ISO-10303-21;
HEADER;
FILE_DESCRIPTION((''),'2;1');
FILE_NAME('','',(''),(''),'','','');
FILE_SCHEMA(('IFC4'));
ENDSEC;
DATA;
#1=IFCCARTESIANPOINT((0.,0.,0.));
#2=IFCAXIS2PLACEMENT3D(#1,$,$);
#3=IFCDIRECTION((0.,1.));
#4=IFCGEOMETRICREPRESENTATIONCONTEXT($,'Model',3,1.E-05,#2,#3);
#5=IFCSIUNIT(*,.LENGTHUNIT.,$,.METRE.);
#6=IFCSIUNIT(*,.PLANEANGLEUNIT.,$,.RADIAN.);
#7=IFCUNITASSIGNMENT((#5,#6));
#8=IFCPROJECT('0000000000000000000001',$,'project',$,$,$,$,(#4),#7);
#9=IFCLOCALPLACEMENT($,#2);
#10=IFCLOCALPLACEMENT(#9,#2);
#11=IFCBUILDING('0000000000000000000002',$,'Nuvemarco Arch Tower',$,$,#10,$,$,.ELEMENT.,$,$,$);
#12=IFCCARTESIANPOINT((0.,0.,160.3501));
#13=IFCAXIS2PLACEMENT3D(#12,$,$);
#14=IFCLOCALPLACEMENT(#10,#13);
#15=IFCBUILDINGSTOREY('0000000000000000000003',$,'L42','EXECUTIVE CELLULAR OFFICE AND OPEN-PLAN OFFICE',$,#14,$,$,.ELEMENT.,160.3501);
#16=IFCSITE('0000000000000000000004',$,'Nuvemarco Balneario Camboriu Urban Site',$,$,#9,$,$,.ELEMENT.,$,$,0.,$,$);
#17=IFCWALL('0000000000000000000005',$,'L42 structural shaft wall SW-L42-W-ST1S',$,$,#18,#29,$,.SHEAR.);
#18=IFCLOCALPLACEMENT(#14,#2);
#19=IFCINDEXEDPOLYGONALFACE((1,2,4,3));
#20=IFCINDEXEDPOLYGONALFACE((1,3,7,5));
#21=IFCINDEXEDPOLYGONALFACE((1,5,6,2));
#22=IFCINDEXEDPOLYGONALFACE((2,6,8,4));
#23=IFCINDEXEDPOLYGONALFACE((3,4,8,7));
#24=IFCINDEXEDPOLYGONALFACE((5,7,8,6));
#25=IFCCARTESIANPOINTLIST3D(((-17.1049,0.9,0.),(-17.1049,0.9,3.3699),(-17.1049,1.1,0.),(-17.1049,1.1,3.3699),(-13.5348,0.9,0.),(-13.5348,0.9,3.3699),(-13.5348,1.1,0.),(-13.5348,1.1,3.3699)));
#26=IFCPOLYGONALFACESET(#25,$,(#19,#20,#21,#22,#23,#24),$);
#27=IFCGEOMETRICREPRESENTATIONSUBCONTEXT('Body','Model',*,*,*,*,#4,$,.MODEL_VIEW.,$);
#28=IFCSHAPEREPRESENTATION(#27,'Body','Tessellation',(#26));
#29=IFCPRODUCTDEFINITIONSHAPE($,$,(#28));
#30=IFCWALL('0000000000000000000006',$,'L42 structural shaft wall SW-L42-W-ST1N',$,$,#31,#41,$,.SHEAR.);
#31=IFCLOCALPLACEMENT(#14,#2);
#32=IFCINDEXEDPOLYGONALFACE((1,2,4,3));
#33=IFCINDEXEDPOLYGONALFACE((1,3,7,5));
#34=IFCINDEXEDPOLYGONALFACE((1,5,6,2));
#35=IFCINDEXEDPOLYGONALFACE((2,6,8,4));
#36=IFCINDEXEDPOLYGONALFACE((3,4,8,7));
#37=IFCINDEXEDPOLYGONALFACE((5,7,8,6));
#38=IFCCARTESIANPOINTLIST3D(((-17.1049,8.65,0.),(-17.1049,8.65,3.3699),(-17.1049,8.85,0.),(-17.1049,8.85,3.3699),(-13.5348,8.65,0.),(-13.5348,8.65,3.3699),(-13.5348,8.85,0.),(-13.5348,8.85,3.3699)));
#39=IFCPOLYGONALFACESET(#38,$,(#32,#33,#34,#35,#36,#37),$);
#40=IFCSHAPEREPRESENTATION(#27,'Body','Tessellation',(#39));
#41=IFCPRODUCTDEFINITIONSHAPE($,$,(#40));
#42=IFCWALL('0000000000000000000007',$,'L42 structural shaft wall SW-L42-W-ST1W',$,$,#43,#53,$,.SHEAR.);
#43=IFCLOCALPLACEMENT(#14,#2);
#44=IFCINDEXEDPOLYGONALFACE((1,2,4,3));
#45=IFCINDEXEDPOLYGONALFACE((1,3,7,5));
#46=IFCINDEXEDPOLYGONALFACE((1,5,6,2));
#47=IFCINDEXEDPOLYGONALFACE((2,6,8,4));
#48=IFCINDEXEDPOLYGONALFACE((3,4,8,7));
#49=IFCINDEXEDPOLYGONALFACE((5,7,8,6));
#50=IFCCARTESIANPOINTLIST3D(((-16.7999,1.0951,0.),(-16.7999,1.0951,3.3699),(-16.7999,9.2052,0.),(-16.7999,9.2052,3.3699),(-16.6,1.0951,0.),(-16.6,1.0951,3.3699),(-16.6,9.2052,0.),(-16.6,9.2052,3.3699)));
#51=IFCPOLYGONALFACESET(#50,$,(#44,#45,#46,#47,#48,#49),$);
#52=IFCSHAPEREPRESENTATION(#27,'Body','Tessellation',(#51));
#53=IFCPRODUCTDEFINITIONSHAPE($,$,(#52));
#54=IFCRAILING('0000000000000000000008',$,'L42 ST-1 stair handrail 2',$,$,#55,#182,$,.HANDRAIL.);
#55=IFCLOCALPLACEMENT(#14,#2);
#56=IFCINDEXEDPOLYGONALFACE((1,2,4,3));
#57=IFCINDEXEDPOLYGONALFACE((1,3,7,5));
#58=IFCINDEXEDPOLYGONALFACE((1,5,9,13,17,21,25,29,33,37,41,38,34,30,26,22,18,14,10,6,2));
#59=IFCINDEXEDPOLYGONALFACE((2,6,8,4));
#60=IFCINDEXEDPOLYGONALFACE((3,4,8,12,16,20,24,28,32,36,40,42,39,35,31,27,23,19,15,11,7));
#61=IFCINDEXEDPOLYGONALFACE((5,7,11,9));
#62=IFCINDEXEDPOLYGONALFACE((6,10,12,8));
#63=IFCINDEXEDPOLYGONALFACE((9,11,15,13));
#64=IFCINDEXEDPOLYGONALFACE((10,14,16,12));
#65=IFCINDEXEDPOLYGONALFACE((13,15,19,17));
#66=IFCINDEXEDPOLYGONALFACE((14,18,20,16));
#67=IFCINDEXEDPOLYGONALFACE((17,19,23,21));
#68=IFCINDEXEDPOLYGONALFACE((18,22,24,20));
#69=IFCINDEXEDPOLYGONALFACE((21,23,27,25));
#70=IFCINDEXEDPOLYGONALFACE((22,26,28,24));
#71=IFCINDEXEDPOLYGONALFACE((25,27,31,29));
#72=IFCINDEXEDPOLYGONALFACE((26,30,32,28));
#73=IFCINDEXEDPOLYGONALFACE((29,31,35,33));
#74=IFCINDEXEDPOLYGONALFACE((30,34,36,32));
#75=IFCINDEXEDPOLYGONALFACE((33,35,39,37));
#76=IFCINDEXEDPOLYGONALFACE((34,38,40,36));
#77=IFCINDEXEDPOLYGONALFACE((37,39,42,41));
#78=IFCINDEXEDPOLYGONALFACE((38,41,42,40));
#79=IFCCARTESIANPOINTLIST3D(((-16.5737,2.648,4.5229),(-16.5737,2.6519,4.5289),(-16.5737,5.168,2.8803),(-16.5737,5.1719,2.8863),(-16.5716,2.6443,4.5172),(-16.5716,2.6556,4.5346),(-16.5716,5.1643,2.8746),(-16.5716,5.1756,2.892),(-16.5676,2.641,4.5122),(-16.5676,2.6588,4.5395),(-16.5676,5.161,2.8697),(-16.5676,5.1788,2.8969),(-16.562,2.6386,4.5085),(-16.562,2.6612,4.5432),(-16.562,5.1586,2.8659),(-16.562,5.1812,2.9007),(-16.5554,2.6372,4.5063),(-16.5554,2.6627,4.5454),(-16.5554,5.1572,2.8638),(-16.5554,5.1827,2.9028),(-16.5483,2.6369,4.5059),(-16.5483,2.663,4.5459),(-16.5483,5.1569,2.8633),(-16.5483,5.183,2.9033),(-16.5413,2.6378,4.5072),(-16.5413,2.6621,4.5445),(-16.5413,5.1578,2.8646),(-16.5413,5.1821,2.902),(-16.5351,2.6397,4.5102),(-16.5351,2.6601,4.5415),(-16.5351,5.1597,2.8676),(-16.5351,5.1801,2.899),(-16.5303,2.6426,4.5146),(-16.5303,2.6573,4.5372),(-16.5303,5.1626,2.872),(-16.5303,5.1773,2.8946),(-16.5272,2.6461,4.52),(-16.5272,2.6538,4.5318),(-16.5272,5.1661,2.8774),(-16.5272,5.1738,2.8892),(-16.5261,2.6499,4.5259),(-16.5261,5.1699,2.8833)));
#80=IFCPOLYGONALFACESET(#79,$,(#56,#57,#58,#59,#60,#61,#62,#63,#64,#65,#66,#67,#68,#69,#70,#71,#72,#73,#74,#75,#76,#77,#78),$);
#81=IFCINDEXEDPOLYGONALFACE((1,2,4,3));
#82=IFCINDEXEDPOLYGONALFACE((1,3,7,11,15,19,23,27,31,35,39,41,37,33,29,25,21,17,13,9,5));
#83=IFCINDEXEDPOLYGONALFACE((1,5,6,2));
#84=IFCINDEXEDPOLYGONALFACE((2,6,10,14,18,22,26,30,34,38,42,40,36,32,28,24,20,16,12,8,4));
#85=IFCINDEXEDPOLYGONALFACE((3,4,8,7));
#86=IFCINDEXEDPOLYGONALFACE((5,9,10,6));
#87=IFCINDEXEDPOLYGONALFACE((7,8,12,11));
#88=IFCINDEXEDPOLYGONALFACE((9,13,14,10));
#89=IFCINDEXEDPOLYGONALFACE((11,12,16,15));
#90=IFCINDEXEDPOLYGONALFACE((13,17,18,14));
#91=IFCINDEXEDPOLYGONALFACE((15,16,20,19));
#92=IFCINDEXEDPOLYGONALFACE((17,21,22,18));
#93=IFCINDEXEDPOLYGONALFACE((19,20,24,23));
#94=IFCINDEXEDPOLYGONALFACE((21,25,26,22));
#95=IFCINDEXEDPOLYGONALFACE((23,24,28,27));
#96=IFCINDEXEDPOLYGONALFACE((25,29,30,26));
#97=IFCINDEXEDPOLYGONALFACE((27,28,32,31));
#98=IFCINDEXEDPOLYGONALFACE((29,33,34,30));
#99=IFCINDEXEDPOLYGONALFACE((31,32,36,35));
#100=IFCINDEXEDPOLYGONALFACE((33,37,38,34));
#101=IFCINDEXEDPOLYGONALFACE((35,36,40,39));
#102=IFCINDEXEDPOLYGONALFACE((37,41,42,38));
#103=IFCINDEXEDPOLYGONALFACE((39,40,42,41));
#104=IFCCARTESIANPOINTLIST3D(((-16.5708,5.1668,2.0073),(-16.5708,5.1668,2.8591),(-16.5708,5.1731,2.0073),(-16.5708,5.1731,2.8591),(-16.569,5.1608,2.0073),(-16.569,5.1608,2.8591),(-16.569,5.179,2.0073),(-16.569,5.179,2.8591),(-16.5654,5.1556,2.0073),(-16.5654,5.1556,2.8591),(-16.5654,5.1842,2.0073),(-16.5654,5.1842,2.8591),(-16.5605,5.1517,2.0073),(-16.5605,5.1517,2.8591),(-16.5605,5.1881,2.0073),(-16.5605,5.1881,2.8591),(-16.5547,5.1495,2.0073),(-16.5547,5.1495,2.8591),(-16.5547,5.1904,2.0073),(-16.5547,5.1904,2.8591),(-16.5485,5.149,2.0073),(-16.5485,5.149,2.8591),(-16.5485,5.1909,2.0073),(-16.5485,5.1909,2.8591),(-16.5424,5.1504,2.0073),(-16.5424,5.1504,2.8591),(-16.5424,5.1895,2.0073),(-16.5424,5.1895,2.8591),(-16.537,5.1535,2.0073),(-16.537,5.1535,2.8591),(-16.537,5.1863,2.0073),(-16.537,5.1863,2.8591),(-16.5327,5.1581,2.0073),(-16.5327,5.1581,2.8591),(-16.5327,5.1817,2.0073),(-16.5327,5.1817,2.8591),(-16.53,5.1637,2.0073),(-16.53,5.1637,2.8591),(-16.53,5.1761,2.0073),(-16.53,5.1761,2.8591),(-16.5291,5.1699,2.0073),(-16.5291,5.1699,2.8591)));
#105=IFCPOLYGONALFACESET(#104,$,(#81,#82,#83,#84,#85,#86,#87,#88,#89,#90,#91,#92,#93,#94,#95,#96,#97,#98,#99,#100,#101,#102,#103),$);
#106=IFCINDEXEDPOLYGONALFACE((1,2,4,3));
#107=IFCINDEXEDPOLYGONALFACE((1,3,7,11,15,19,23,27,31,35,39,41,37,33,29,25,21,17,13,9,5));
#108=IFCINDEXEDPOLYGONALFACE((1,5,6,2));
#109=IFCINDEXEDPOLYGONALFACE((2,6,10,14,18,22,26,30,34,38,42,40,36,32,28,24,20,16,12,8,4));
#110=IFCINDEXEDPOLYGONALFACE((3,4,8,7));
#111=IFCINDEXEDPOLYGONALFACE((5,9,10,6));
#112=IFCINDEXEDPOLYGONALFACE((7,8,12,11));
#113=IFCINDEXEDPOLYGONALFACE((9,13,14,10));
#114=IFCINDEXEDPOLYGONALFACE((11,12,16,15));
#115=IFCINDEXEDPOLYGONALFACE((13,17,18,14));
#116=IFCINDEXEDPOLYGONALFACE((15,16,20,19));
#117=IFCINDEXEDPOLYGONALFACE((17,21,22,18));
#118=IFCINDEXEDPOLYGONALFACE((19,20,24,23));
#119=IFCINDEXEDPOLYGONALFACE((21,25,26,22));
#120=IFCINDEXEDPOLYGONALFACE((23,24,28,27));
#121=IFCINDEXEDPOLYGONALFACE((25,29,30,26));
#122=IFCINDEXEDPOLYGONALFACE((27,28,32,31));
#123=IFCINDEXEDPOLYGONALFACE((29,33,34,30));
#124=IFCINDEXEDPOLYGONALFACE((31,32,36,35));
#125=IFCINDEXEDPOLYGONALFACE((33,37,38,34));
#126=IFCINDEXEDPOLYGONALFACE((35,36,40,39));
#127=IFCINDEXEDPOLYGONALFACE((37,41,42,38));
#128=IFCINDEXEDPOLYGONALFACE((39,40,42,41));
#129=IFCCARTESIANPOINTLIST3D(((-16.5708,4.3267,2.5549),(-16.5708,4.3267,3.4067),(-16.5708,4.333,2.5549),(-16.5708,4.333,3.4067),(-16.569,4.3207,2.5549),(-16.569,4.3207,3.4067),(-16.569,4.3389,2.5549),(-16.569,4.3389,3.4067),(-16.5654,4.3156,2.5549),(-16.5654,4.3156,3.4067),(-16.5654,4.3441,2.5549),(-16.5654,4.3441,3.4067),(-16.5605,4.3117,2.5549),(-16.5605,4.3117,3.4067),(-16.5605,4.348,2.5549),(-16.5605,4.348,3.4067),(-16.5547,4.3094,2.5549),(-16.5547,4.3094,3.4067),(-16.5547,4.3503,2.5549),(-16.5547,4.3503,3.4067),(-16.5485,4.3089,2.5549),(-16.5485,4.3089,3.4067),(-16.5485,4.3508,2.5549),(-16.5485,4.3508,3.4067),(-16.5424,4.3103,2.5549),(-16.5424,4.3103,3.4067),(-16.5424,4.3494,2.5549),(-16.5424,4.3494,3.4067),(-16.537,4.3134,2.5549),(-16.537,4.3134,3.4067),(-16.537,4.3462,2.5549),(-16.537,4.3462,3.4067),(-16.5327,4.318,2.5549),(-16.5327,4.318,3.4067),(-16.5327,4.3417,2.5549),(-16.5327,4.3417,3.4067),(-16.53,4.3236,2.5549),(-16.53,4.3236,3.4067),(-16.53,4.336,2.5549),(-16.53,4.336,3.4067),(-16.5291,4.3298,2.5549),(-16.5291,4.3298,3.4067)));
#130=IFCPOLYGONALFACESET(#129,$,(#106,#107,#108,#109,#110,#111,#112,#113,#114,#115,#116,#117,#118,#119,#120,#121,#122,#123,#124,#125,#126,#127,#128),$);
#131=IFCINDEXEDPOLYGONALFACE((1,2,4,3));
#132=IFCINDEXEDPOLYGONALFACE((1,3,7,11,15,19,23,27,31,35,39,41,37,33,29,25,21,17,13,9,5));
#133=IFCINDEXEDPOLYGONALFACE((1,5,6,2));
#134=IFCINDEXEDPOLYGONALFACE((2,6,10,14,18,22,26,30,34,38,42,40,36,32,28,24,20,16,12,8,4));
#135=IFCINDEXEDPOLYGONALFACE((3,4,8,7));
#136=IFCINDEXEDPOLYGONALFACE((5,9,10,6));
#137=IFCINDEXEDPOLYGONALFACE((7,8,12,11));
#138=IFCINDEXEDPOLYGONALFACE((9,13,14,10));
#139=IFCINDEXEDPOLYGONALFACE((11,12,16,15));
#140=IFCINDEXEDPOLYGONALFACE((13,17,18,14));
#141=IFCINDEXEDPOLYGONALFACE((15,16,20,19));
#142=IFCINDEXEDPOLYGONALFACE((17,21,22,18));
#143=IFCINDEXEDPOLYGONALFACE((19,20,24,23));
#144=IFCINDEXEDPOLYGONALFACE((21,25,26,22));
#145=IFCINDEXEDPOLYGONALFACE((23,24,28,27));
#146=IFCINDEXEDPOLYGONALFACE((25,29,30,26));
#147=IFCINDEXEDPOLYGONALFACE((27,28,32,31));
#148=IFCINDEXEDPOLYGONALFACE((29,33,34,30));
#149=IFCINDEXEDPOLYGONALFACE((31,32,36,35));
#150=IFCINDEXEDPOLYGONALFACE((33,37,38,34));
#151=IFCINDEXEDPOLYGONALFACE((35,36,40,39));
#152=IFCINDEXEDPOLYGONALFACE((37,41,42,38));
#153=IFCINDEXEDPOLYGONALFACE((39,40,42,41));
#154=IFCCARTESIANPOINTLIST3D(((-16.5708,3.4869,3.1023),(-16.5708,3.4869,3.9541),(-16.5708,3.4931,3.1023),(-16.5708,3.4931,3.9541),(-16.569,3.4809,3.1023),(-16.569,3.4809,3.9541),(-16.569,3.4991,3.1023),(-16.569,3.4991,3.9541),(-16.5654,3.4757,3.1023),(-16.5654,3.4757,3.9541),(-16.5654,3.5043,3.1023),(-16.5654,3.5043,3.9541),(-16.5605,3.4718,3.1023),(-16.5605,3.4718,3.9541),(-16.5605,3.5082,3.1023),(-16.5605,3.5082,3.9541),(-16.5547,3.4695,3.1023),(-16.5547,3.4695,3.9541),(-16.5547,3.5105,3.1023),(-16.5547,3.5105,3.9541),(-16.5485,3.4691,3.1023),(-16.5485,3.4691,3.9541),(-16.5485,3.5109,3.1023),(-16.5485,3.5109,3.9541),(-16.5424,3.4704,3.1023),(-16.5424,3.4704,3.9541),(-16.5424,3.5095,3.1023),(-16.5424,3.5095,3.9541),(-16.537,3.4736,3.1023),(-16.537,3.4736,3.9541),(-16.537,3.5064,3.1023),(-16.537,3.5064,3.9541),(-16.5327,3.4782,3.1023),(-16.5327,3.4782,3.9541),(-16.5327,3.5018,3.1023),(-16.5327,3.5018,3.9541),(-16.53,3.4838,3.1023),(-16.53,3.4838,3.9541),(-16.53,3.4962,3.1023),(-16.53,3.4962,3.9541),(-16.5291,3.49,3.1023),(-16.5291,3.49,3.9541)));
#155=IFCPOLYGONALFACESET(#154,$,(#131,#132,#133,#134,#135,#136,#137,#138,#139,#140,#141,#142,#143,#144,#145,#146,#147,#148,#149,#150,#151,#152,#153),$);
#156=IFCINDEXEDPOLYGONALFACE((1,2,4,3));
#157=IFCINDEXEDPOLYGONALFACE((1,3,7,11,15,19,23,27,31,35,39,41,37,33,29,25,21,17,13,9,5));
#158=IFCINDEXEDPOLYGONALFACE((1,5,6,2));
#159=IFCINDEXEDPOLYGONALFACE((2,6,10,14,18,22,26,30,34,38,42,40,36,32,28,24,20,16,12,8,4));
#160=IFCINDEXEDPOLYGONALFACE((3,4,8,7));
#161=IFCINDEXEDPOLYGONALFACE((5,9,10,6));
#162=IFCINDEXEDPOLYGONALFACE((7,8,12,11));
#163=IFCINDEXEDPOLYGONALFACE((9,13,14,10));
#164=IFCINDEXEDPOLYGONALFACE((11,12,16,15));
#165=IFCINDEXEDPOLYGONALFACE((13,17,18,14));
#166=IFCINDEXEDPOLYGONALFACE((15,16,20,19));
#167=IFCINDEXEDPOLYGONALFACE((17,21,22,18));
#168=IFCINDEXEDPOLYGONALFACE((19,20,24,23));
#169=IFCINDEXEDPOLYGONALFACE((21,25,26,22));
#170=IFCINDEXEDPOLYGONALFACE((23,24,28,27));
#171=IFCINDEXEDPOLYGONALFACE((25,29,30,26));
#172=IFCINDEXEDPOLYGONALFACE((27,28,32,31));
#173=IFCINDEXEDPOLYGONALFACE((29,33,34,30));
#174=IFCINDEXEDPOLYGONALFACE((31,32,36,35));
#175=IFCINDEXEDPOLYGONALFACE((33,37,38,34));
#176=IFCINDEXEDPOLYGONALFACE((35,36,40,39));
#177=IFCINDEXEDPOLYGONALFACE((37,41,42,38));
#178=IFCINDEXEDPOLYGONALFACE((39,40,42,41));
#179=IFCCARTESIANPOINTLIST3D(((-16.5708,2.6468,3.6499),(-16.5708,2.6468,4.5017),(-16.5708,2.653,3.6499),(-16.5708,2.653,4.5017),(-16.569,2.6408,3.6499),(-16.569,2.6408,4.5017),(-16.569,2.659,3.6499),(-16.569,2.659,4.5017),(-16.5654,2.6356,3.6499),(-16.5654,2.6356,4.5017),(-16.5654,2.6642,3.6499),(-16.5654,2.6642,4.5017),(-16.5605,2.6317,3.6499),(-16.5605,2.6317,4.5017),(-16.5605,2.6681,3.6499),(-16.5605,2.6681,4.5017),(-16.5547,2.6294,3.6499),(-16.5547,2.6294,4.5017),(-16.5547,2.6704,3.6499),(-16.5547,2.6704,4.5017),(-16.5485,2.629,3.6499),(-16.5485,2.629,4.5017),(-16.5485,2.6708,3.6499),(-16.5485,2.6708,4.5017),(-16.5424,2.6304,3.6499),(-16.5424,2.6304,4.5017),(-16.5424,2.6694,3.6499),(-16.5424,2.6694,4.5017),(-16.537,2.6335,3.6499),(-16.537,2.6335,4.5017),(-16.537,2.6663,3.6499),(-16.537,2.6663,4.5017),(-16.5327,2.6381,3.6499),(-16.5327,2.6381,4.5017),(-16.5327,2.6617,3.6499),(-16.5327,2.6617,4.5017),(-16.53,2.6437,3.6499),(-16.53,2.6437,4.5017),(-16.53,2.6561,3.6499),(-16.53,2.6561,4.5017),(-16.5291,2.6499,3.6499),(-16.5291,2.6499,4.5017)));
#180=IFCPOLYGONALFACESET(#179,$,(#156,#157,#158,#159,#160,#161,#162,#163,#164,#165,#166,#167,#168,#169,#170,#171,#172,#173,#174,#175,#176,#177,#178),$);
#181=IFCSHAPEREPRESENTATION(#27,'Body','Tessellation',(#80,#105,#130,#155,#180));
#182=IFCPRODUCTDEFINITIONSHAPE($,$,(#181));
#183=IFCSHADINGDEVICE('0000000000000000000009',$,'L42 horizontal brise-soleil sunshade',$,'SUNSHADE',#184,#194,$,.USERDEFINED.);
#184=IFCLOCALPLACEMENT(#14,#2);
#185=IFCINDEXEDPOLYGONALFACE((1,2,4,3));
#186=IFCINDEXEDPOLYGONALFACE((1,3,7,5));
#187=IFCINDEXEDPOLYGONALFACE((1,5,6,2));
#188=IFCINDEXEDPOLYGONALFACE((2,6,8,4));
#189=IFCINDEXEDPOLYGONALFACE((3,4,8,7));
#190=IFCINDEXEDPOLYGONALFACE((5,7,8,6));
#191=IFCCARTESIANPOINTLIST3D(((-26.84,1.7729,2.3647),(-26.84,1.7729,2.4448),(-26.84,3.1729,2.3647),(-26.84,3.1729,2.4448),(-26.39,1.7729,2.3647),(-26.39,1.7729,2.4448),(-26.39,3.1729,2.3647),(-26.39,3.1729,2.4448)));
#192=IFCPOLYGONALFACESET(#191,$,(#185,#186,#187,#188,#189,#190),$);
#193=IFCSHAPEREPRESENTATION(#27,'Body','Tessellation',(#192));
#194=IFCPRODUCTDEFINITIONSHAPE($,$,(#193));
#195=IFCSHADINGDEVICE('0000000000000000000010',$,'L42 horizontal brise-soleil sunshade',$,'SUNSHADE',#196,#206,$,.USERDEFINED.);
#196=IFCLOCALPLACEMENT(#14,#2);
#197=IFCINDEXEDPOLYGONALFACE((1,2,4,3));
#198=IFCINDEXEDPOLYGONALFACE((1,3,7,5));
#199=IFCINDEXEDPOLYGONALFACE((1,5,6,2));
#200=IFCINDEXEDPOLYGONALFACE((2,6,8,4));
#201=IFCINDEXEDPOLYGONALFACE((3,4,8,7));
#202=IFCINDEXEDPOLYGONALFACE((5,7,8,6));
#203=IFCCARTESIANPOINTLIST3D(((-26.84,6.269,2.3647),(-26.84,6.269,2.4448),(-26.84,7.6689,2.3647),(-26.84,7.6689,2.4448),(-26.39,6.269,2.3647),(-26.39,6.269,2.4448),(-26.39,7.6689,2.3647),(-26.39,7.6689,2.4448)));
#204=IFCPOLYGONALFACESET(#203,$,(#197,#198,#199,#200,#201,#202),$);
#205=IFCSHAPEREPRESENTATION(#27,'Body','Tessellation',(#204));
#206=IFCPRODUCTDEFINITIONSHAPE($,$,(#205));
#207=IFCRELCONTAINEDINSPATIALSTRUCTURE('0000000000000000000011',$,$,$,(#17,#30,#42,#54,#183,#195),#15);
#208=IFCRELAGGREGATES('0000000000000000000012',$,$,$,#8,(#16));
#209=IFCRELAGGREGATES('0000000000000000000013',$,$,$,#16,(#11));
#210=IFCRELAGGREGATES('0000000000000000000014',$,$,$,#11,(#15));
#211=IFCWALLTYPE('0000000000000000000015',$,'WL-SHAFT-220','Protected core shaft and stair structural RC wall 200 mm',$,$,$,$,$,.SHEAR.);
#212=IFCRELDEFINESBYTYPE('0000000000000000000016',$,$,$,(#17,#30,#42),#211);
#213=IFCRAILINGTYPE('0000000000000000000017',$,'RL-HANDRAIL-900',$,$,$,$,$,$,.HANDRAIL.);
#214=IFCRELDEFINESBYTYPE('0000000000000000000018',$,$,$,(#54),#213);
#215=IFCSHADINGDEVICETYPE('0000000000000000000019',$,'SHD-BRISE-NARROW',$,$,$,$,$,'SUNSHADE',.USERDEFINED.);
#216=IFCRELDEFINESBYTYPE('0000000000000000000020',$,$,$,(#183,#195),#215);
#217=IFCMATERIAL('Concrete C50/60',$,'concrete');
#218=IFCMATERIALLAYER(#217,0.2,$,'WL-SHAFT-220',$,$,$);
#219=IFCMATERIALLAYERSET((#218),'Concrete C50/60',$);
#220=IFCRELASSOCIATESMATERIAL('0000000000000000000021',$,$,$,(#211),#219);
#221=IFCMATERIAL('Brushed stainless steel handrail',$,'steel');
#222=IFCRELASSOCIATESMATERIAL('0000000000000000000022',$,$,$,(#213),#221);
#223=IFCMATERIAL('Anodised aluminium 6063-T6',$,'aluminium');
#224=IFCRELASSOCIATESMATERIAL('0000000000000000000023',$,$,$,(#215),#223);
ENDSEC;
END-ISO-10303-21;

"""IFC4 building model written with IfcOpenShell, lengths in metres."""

from ifc_helpers import new_model, si_unit, direction, frame, frame_2d, origin, origin_2d, place, context, subcontext, project, spatial, rectangle, circle, extrude, source, transform, mapped, material, layer, layer_set, type_object, type_shapes, element, save


model = new_model("IFC4")

# Units and contexts
model_context = context("Model", 3, precision=1e-05, world=origin(), true_north=direction((0.0, 1.0)))
body_context = subcontext(model_context, "Body", "Model", "MODEL_VIEW")
ifc_project = project(units=[si_unit("LENGTHUNIT", "METRE"), si_unit("PLANEANGLEUNIT", "RADIAN")], contexts=[model_context])

# Site, building, storey
site_placement = place(None, origin())
site = spatial("IfcSite", under=ifc_project, at=site_placement, Name="Nuvemarco Balneario Camboriu Urban Site", CompositionType="ELEMENT", RefElevation=0.0)
building_placement = place(site_placement, origin())
building = spatial("IfcBuilding", under=site, at=building_placement, Name="Nuvemarco Arch Tower", CompositionType="ELEMENT")
storey_placement = place(building_placement, frame((0.0, 0.0, 160.3501)))
storey = spatial("IfcBuildingStorey", under=building, at=storey_placement, Name="L42", Description="EXECUTIVE CELLULAR OFFICE AND OPEN-PLAN OFFICE", CompositionType="ELEMENT", Elevation=160.3501)

# Shared definitions
ifc_material_1 = material(Name="Concrete C50/60", Category="concrete")

# Walls
ifc_layer_1 = layer(ifc_material_1, 0.2, Name="WL-SHAFT-220")
ifc_layer_set_1 = layer_set([ifc_layer_1], Name="Concrete C50/60")
wall_type_1 = type_object("IfcWallType", Name="WL-SHAFT-220", Description="Protected core shaft and stair structural RC wall 200 mm", PredefinedType="SHEAR", material=ifc_layer_set_1)
for number, where, z_axis, x_axis, name in (
    (1, (-17.105, 1.0, 0.0), (0.0, 0.0, 1.0), (1.0, 0.0, 0.0), "L42 structural shaft wall SW-L42-W-ST1S"),
    (2, (-17.105, 8.75, 0.0), (0.0, 0.0, 1.0), (1.0, 0.0, 0.0), "L42 structural shaft wall SW-L42-W-ST1N"),
):
    element("IfcWall", number, at=place(storey_placement, frame(where, z_axis=z_axis, x_axis=x_axis)), inside=storey, type_object=wall_type_1, Name=name, PredefinedType="SHEAR", context=body_context, shape_type="SweptSolid", body=[
        extrude(rectangle(XDim=3.5701, YDim=0.2, at=frame_2d((1.7852, 0.0))), origin(), (0.0, 0.0, 1.0), 3.3699),
    ])
wall_1_placement = place(storey_placement, frame((-16.7, 1.095, 0.0), z_axis=(0.0, 0.0, 1.0), x_axis=(0.0, 1.0, 0.0)))
element("IfcWall", 3, at=wall_1_placement, inside=storey, type_object=wall_type_1, Name="L42 structural shaft wall SW-L42-W-ST1W", PredefinedType="SHEAR", context=body_context, shape_type="SweptSolid", body=[
    extrude(rectangle(XDim=8.1101, YDim=0.2, at=frame_2d((4.0552, 0.0))), origin(), (0.0, 0.0, 1.0), 3.3699),
])

# Railing
ifc_material_2 = material(Name="Brushed stainless steel handrail", Category="steel")
railing_type = type_object("IfcRailingType", Name="RL-HANDRAIL-900", PredefinedType="HANDRAIL", material=ifc_material_2)
railing_placement = place(storey_placement, frame((-16.55, 5.1699, 2.0073)))
element("IfcRailing", 4, at=railing_placement, inside=storey, type_object=railing_type, Name="L42 ST-1 stair handrail 2", PredefinedType="HANDRAIL", context=body_context, shape_type="SweptSolid", body=[
    extrude(circle(Radius=0.0239, at=origin_2d()), frame((0.0, 0.0, 0.876), z_axis=(0.0, -0.837749, 0.546055), x_axis=(1.0, 0.0, 0.0)), (0.0, 0.0, 1.0), 3.0081),
    extrude(circle(Radius=0.021, at=origin_2d()), origin(), (0.0, 0.0, 1.0), 0.8518),
    extrude(circle(Radius=0.021, at=origin_2d()), frame((0.0, -0.8401, 0.5476)), (0.0, 0.0, 1.0), 0.8518),
    extrude(circle(Radius=0.021, at=origin_2d()), frame((0.0, -1.6799, 1.095)), (0.0, 0.0, 1.0), 0.8518),
    extrude(circle(Radius=0.021, at=origin_2d()), frame((0.0, -2.52, 1.6426)), (0.0, 0.0, 1.0), 0.8518),
])

# Shading devices
ifc_material_3 = material(Name="Anodised aluminium 6063-T6", Category="aluminium")
shading_device_type = type_object("IfcShadingDeviceType", Name="SHD-BRISE-NARROW", ElementType="SUNSHADE", PredefinedType="USERDEFINED", material=ifc_material_3)
shared_shape_1 = source(origin(), body_context, "Body", "SweptSolid", [
    extrude(rectangle(XDim=1.3999, YDim=0.45, at=origin_2d()), origin(), (0.0, 0.0, 1.0), 0.0801),
])
type_shapes(shading_device_type, [shared_shape_1])
for number, where, z_axis, x_axis, name in (
    (5, (-26.615, 2.4729, 2.3647), (0.0, 0.0, 1.0), (0.0, 1.0, 0.0), "L42 horizontal brise-soleil sunshade"),
    (6, (-26.615, 6.969, 2.3647), (0.0, 0.0, 1.0), (0.0, 1.0, 0.0), "L42 horizontal brise-soleil sunshade"),
):
    element("IfcShadingDevice", number, at=place(storey_placement, frame(where, z_axis=z_axis, x_axis=x_axis)), inside=storey, type_object=shading_device_type, Name=name, ObjectType="SUNSHADE", PredefinedType="USERDEFINED", context=body_context, shape_type="MappedRepresentation", body=[
        mapped(shared_shape_1, transform((0.0, 0.0, 0.0), scale=1.0)),
    ])

save(model, "model.ifc")
